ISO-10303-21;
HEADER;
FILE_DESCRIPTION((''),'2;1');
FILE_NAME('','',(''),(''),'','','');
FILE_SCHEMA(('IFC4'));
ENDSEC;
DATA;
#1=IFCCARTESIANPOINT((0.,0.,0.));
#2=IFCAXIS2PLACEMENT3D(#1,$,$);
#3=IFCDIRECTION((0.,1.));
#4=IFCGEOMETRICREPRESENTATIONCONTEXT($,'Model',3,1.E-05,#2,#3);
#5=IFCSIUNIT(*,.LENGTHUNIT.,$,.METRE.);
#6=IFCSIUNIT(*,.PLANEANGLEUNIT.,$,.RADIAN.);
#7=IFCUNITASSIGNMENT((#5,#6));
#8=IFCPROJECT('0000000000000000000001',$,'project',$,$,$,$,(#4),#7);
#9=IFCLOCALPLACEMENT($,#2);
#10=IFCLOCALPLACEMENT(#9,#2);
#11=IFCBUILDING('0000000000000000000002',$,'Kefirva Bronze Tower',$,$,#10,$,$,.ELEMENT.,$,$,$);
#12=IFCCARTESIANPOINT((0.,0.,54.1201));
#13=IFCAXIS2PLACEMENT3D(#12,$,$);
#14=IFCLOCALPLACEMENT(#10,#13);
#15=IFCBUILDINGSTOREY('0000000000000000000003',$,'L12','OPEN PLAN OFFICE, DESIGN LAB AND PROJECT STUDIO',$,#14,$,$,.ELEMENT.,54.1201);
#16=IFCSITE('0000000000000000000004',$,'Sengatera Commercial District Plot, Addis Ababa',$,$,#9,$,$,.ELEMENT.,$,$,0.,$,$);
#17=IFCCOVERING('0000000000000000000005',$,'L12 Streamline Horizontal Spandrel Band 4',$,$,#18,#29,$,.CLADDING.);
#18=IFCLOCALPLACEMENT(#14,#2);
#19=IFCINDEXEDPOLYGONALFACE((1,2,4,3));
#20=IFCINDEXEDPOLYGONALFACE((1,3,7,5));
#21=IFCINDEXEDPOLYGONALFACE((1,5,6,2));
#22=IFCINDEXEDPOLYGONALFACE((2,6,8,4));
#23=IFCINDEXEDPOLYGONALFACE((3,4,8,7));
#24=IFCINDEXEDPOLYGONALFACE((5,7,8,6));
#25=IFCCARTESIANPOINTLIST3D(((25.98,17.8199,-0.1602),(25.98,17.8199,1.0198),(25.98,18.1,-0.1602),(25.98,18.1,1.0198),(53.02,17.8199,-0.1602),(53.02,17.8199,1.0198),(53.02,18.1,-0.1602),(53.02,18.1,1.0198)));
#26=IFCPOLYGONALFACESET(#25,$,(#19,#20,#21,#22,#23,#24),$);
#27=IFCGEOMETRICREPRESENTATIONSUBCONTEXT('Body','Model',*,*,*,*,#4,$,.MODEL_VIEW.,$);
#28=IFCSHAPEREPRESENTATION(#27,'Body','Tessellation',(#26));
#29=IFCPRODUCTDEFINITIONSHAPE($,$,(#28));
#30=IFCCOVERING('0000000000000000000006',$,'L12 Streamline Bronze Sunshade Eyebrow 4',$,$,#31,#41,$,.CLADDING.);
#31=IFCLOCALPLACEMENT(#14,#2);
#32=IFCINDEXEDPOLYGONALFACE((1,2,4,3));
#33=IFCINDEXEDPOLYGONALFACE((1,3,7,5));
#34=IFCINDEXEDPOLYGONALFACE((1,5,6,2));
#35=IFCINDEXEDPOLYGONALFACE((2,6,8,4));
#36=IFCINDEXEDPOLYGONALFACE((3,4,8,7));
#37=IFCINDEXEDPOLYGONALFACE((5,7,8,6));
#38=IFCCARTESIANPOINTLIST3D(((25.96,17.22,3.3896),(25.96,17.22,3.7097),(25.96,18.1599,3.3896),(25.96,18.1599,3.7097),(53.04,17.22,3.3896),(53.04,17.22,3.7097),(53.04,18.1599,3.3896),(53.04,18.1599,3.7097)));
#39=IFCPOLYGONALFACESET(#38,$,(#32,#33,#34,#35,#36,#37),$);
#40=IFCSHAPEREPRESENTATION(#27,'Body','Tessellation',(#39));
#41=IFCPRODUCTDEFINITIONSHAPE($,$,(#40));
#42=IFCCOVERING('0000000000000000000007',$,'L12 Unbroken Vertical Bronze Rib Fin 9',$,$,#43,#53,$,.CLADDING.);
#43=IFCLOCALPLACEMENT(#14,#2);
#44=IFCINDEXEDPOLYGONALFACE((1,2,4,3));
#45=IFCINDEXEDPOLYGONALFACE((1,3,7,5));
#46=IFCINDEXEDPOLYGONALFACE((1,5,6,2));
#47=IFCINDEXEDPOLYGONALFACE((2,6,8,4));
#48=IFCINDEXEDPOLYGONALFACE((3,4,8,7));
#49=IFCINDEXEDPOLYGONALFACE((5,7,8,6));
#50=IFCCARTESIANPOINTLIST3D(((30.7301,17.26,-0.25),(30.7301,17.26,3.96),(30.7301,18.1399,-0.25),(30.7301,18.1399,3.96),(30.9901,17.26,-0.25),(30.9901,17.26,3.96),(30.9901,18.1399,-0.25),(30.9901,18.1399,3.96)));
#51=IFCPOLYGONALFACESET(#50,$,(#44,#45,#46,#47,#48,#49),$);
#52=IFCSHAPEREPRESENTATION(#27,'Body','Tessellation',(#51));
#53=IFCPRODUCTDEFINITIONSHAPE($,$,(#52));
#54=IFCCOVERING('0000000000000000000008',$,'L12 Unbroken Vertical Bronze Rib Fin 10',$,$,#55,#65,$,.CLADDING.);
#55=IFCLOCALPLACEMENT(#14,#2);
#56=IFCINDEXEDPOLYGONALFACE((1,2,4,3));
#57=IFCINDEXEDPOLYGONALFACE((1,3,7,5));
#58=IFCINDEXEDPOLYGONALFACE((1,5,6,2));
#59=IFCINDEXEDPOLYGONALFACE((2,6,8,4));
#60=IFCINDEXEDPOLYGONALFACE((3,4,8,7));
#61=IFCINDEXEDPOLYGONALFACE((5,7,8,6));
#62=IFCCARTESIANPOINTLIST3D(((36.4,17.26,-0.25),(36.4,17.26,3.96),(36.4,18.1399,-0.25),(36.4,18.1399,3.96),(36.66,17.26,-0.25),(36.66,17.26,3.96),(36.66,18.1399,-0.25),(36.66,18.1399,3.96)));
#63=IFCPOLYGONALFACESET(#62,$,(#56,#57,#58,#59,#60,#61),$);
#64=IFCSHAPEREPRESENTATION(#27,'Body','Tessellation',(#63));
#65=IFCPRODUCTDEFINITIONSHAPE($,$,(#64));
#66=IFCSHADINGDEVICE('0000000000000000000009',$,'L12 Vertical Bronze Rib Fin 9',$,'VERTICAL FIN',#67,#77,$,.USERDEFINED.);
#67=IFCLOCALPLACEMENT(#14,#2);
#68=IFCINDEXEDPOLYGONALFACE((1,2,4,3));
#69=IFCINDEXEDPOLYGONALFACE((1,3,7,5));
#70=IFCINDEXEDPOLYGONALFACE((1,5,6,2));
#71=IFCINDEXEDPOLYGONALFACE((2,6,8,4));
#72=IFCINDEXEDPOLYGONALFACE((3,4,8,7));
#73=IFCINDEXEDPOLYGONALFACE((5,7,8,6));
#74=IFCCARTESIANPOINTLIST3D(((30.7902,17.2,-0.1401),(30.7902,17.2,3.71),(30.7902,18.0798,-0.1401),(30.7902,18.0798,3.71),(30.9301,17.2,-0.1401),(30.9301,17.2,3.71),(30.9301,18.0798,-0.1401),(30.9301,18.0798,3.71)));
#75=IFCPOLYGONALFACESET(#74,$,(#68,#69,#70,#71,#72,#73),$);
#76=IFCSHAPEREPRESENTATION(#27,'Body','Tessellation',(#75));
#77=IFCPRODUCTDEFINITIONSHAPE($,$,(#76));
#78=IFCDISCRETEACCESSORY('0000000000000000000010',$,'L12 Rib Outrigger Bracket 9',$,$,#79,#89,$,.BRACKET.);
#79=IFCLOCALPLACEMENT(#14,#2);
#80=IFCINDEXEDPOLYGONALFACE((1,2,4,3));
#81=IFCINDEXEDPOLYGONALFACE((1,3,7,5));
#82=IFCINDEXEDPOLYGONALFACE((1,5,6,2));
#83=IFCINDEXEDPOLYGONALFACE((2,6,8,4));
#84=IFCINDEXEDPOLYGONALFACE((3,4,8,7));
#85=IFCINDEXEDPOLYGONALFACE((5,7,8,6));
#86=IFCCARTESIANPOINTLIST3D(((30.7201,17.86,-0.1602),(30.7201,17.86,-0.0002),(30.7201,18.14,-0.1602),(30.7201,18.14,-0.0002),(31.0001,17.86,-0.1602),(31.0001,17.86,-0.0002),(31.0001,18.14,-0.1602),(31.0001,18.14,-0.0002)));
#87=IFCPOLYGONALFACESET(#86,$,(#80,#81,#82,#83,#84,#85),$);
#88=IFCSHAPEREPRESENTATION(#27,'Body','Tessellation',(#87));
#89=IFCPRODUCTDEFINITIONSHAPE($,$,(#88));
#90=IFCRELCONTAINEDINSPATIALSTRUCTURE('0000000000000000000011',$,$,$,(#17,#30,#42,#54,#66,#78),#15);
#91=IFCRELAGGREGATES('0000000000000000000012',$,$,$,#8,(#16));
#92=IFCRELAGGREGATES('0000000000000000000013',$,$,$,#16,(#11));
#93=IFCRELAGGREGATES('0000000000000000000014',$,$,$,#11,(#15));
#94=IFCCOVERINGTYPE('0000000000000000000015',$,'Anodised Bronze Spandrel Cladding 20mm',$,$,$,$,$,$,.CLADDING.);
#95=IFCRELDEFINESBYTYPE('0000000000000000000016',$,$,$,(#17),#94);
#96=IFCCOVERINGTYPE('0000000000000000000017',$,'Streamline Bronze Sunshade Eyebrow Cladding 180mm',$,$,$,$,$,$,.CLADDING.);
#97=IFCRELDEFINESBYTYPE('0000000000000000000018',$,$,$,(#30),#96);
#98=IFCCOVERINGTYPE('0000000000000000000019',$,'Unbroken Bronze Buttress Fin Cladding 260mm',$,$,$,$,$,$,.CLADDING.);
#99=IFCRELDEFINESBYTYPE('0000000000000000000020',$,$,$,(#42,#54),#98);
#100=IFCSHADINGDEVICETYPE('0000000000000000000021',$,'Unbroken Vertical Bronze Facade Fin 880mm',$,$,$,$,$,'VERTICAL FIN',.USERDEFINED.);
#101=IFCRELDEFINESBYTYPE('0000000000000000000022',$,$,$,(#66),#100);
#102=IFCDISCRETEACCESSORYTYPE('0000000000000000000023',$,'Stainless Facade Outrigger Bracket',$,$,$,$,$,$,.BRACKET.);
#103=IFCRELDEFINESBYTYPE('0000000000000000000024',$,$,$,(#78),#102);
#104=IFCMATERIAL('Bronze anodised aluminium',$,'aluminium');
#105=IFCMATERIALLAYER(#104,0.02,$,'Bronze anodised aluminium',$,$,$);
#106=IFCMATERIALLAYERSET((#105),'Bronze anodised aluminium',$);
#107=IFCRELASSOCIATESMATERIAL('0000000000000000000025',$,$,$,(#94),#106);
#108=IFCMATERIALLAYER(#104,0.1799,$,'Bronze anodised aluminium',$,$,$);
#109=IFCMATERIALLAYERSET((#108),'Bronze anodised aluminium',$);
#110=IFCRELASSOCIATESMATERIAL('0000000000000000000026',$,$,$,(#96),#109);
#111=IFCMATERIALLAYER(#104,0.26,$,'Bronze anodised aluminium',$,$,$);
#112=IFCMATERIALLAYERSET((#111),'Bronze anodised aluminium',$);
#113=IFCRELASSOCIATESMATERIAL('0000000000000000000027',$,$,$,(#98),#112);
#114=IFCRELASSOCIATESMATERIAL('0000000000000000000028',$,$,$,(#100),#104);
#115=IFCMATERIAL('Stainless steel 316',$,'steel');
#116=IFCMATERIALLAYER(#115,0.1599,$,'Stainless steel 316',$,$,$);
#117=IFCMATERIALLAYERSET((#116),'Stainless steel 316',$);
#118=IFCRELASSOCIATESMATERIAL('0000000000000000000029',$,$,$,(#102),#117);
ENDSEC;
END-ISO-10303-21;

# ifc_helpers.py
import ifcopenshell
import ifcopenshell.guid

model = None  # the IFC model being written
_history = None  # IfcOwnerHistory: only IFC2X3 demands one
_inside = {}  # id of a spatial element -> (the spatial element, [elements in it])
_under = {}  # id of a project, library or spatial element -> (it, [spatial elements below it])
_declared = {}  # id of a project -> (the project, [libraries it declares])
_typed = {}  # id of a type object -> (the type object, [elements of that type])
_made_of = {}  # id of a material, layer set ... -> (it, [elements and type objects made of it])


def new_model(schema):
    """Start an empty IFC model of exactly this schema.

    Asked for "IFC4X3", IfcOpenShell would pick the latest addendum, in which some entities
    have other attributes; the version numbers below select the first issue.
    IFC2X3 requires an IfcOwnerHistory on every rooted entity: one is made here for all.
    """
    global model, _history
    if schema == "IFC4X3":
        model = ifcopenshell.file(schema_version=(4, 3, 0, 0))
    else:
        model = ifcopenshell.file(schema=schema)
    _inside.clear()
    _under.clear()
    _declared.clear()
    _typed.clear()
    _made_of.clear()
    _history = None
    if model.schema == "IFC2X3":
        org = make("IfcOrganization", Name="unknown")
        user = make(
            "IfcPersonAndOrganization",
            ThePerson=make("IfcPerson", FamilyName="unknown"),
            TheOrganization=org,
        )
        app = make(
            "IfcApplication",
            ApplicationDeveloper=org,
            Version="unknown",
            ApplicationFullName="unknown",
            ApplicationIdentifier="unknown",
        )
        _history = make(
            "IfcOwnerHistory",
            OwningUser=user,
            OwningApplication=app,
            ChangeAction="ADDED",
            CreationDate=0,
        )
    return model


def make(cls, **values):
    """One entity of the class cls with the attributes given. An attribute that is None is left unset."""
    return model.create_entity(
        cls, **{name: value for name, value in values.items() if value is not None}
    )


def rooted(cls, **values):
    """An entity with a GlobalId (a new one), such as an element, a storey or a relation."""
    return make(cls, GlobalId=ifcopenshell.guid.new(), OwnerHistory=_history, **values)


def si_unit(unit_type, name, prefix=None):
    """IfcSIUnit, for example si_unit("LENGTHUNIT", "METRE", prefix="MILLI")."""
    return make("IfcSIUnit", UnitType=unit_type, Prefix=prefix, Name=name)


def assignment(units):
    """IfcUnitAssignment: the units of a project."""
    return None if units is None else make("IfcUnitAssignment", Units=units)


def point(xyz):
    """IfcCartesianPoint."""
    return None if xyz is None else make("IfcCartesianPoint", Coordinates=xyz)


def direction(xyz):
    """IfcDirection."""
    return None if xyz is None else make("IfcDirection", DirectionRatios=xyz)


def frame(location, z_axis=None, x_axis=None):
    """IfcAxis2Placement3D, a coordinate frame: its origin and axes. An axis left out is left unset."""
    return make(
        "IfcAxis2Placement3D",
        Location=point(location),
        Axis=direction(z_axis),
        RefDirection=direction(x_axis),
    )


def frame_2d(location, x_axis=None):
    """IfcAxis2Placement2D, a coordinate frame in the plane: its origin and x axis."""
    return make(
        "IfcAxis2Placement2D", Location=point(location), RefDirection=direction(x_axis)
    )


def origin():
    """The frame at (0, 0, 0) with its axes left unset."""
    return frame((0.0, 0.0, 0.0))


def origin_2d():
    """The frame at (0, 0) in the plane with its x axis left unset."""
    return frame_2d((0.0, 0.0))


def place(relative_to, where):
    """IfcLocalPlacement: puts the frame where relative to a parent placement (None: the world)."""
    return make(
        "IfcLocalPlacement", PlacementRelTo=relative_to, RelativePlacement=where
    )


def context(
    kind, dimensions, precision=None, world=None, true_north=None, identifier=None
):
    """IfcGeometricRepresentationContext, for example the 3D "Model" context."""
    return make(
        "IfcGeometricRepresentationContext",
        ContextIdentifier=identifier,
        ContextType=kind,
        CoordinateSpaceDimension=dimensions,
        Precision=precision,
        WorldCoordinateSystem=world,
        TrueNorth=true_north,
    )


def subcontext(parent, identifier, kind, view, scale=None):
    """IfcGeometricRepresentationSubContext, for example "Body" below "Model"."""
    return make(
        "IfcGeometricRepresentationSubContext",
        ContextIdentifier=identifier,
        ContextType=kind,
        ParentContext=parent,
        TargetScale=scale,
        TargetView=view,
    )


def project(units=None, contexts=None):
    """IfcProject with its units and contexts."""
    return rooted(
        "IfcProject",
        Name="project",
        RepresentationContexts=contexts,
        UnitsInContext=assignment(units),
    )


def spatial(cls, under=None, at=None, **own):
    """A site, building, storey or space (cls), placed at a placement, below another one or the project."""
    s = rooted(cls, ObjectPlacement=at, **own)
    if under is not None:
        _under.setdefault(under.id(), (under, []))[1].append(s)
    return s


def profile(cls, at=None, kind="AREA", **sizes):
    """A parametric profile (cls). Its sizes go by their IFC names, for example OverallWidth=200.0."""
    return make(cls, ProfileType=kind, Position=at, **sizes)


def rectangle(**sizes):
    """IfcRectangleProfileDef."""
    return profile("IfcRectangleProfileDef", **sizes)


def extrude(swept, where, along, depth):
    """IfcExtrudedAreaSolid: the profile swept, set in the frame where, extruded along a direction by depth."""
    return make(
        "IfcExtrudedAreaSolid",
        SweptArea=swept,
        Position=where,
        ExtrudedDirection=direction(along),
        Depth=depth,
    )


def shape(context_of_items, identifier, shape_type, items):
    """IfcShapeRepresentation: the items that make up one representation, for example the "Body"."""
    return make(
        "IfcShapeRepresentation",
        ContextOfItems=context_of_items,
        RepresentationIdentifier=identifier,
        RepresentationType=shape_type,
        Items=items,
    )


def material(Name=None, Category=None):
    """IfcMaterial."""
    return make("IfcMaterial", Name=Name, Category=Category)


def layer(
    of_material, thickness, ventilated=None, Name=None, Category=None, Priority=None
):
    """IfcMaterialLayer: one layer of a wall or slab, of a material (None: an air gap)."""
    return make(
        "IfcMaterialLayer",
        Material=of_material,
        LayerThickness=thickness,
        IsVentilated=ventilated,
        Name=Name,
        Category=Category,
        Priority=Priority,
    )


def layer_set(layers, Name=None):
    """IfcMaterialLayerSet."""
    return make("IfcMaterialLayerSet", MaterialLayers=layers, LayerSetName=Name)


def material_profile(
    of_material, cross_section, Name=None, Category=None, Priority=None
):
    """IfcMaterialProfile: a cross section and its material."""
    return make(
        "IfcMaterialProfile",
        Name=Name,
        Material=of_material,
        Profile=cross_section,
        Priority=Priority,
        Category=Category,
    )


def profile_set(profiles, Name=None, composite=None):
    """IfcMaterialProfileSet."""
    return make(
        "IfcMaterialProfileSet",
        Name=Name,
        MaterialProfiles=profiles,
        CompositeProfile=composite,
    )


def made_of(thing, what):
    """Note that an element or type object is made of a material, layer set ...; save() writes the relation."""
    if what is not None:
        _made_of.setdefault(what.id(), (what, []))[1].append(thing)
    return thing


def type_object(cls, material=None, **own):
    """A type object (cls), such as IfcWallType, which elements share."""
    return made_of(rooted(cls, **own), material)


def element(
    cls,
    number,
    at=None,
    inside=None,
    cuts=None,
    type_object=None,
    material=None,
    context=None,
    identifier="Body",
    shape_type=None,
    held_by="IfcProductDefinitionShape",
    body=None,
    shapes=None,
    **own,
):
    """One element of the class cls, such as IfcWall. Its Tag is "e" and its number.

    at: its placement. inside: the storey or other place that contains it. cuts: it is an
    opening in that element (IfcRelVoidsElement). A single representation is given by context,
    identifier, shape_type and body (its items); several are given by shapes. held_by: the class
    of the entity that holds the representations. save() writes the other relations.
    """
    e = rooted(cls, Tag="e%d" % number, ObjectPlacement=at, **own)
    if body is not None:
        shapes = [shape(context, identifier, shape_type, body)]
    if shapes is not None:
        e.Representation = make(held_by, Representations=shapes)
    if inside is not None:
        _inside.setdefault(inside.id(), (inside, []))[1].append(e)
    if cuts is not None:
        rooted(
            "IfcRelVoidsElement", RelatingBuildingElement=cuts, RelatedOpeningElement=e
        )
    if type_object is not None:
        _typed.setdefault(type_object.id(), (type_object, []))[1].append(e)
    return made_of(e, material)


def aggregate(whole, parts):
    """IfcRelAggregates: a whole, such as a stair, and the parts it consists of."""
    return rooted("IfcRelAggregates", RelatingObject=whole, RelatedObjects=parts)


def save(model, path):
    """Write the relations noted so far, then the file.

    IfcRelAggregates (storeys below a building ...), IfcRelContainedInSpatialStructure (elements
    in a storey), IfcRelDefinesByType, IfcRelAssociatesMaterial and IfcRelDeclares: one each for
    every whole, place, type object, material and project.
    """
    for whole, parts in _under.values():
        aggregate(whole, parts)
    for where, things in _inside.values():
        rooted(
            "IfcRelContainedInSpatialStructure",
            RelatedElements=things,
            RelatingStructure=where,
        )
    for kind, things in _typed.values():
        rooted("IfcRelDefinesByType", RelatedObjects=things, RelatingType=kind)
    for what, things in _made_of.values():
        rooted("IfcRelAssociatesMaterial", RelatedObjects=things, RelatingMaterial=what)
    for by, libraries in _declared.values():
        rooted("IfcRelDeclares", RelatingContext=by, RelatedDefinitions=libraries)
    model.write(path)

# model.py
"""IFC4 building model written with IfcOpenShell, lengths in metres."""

from ifc_helpers import new_model, si_unit, direction, frame, origin, origin_2d, place, context, subcontext, project, spatial, rectangle, extrude, material, layer, layer_set, material_profile, profile_set, type_object, element, save


model = new_model("IFC4")

# Units and contexts
model_context = context("Model", 3, precision=1e-05, world=origin(), true_north=direction((0.0, 1.0)))
body_context = subcontext(model_context, "Body", "Model", "MODEL_VIEW")
ifc_project = project(units=[si_unit("LENGTHUNIT", "METRE"), si_unit("PLANEANGLEUNIT", "RADIAN")], contexts=[model_context])

# Site, building, storey
site_placement = place(None, origin())
site = spatial("IfcSite", under=ifc_project, at=site_placement, Name="Sengatera Commercial District Plot, Addis Ababa", CompositionType="ELEMENT", RefElevation=0.0)
building_placement = place(site_placement, origin())
building = spatial("IfcBuilding", under=site, at=building_placement, Name="Kefirva Bronze Tower", CompositionType="ELEMENT")
storey_placement = place(building_placement, frame((0.0, 0.0, 54.1201)))
storey = spatial("IfcBuildingStorey", under=building, at=storey_placement, Name="L12", Description="OPEN PLAN OFFICE, DESIGN LAB AND PROJECT STUDIO", CompositionType="ELEMENT", Elevation=54.1201)

# Shared definitions
ifc_material_1 = material(Name="Bronze anodised aluminium", Category="aluminium")

# Coverings
ifc_layer_1 = layer(ifc_material_1, 0.02, Name="Bronze anodised aluminium")
ifc_layer_set_1 = layer_set([ifc_layer_1], Name="Bronze anodised aluminium")
covering_type_1 = type_object("IfcCoveringType", Name="Anodised Bronze Spandrel Cladding 20mm", PredefinedType="CLADDING", material=ifc_layer_set_1)
covering_1_placement = place(storey_placement, frame((39.5, 17.96, -0.1602), z_axis=(0.0, 0.0, 1.0), x_axis=(1.0, 0.0, 0.0)))
element("IfcCovering", 1, at=covering_1_placement, inside=storey, type_object=covering_type_1, Name="L12 Streamline Horizontal Spandrel Band 4", PredefinedType="CLADDING", context=body_context, shape_type="SweptSolid", body=[
    extrude(rectangle(XDim=27.04, YDim=0.28, at=origin_2d()), origin(), (0.0, 0.0, 1.0), 1.1799),
])
ifc_layer_2 = layer(ifc_material_1, 0.1799, Name="Bronze anodised aluminium")
ifc_layer_set_2 = layer_set([ifc_layer_2], Name="Bronze anodised aluminium")
covering_type_2 = type_object("IfcCoveringType", Name="Streamline Bronze Sunshade Eyebrow Cladding 180mm", PredefinedType="CLADDING", material=ifc_layer_set_2)
covering_2_placement = place(storey_placement, frame((39.5, 17.6899, 3.3896), z_axis=(0.0, 0.0, 1.0), x_axis=(1.0, 0.0, 0.0)))
element("IfcCovering", 2, at=covering_2_placement, inside=storey, type_object=covering_type_2, Name="L12 Streamline Bronze Sunshade Eyebrow 4", PredefinedType="CLADDING", context=body_context, shape_type="SweptSolid", body=[
    extrude(rectangle(XDim=27.0801, YDim=0.9399, at=origin_2d()), origin(), (0.0, 0.0, 1.0), 0.3201),
])
ifc_layer_3 = layer(ifc_material_1, 0.26, Name="Bronze anodised aluminium")
ifc_layer_set_3 = layer_set([ifc_layer_3], Name="Bronze anodised aluminium")
covering_type_3 = type_object("IfcCoveringType", Name="Unbroken Bronze Buttress Fin Cladding 260mm", PredefinedType="CLADDING", material=ifc_layer_set_3)
for number, where, z_axis, x_axis, name in (
    (3, (30.8601, 17.7, -0.25), (0.0, 0.0, 1.0), (1.0, 0.0, 0.0), "L12 Unbroken Vertical Bronze Rib Fin 9"),
    (4, (36.53, 17.7, -0.25), (0.0, 0.0, 1.0), (1.0, 0.0, 0.0), "L12 Unbroken Vertical Bronze Rib Fin 10"),
):
    element("IfcCovering", number, at=place(storey_placement, frame(where, z_axis=z_axis, x_axis=x_axis)), inside=storey, type_object=covering_type_3, Name=name, PredefinedType="CLADDING", context=body_context, shape_type="SweptSolid", body=[
        extrude(rectangle(XDim=0.26, YDim=0.8799, at=origin_2d()), origin(), (0.0, 0.0, 1.0), 4.21),
    ])

# Shading device
ifc_material_profile_1 = material_profile(ifc_material_1, rectangle(XDim=0.1399, YDim=0.8799, at=origin_2d()), Name="BRONZE FIN 140x880")
ifc_profile_set_1 = profile_set([ifc_material_profile_1], Name="Bronze anodised aluminium")
shading_device_type = type_object("IfcShadingDeviceType", Name="Unbroken Vertical Bronze Facade Fin 880mm", ElementType="VERTICAL FIN", PredefinedType="USERDEFINED", material=ifc_profile_set_1)
shading_device_placement = place(storey_placement, frame((30.8601, 17.6399, -0.1401), z_axis=(0.0, 0.0, 1.0), x_axis=(1.0, 0.0, 0.0)))
element("IfcShadingDevice", 5, at=shading_device_placement, inside=storey, type_object=shading_device_type, Name="L12 Vertical Bronze Rib Fin 9", ObjectType="VERTICAL FIN", PredefinedType="USERDEFINED", context=body_context, shape_type="SweptSolid", body=[
    extrude(rectangle(XDim=0.1399, YDim=0.8799, at=origin_2d()), origin(), (0.0, 0.0, 1.0), 3.8501),
])

# Discrete accessory
ifc_material_2 = material(Name="Stainless steel 316", Category="steel")
ifc_layer_4 = layer(ifc_material_2, 0.1599, Name="Stainless steel 316")
ifc_layer_set_4 = layer_set([ifc_layer_4], Name="Stainless steel 316")
discrete_accessory_type = type_object("IfcDiscreteAccessoryType", Name="Stainless Facade Outrigger Bracket", PredefinedType="BRACKET", material=ifc_layer_set_4)
discrete_accessory_placement = place(storey_placement, frame((30.8601, 18.0, -0.1602), z_axis=(0.0, 0.0, 1.0), x_axis=(1.0, 0.0, 0.0)))
element("IfcDiscreteAccessory", 6, at=discrete_accessory_placement, inside=storey, type_object=discrete_accessory_type, Name="L12 Rib Outrigger Bracket 9", PredefinedType="BRACKET", context=body_context, shape_type="SweptSolid", body=[
    extrude(rectangle(XDim=0.28, YDim=0.28, at=origin_2d()), origin(), (0.0, 0.0, 1.0), 0.1599),
])

save(model, "model.ifc")
